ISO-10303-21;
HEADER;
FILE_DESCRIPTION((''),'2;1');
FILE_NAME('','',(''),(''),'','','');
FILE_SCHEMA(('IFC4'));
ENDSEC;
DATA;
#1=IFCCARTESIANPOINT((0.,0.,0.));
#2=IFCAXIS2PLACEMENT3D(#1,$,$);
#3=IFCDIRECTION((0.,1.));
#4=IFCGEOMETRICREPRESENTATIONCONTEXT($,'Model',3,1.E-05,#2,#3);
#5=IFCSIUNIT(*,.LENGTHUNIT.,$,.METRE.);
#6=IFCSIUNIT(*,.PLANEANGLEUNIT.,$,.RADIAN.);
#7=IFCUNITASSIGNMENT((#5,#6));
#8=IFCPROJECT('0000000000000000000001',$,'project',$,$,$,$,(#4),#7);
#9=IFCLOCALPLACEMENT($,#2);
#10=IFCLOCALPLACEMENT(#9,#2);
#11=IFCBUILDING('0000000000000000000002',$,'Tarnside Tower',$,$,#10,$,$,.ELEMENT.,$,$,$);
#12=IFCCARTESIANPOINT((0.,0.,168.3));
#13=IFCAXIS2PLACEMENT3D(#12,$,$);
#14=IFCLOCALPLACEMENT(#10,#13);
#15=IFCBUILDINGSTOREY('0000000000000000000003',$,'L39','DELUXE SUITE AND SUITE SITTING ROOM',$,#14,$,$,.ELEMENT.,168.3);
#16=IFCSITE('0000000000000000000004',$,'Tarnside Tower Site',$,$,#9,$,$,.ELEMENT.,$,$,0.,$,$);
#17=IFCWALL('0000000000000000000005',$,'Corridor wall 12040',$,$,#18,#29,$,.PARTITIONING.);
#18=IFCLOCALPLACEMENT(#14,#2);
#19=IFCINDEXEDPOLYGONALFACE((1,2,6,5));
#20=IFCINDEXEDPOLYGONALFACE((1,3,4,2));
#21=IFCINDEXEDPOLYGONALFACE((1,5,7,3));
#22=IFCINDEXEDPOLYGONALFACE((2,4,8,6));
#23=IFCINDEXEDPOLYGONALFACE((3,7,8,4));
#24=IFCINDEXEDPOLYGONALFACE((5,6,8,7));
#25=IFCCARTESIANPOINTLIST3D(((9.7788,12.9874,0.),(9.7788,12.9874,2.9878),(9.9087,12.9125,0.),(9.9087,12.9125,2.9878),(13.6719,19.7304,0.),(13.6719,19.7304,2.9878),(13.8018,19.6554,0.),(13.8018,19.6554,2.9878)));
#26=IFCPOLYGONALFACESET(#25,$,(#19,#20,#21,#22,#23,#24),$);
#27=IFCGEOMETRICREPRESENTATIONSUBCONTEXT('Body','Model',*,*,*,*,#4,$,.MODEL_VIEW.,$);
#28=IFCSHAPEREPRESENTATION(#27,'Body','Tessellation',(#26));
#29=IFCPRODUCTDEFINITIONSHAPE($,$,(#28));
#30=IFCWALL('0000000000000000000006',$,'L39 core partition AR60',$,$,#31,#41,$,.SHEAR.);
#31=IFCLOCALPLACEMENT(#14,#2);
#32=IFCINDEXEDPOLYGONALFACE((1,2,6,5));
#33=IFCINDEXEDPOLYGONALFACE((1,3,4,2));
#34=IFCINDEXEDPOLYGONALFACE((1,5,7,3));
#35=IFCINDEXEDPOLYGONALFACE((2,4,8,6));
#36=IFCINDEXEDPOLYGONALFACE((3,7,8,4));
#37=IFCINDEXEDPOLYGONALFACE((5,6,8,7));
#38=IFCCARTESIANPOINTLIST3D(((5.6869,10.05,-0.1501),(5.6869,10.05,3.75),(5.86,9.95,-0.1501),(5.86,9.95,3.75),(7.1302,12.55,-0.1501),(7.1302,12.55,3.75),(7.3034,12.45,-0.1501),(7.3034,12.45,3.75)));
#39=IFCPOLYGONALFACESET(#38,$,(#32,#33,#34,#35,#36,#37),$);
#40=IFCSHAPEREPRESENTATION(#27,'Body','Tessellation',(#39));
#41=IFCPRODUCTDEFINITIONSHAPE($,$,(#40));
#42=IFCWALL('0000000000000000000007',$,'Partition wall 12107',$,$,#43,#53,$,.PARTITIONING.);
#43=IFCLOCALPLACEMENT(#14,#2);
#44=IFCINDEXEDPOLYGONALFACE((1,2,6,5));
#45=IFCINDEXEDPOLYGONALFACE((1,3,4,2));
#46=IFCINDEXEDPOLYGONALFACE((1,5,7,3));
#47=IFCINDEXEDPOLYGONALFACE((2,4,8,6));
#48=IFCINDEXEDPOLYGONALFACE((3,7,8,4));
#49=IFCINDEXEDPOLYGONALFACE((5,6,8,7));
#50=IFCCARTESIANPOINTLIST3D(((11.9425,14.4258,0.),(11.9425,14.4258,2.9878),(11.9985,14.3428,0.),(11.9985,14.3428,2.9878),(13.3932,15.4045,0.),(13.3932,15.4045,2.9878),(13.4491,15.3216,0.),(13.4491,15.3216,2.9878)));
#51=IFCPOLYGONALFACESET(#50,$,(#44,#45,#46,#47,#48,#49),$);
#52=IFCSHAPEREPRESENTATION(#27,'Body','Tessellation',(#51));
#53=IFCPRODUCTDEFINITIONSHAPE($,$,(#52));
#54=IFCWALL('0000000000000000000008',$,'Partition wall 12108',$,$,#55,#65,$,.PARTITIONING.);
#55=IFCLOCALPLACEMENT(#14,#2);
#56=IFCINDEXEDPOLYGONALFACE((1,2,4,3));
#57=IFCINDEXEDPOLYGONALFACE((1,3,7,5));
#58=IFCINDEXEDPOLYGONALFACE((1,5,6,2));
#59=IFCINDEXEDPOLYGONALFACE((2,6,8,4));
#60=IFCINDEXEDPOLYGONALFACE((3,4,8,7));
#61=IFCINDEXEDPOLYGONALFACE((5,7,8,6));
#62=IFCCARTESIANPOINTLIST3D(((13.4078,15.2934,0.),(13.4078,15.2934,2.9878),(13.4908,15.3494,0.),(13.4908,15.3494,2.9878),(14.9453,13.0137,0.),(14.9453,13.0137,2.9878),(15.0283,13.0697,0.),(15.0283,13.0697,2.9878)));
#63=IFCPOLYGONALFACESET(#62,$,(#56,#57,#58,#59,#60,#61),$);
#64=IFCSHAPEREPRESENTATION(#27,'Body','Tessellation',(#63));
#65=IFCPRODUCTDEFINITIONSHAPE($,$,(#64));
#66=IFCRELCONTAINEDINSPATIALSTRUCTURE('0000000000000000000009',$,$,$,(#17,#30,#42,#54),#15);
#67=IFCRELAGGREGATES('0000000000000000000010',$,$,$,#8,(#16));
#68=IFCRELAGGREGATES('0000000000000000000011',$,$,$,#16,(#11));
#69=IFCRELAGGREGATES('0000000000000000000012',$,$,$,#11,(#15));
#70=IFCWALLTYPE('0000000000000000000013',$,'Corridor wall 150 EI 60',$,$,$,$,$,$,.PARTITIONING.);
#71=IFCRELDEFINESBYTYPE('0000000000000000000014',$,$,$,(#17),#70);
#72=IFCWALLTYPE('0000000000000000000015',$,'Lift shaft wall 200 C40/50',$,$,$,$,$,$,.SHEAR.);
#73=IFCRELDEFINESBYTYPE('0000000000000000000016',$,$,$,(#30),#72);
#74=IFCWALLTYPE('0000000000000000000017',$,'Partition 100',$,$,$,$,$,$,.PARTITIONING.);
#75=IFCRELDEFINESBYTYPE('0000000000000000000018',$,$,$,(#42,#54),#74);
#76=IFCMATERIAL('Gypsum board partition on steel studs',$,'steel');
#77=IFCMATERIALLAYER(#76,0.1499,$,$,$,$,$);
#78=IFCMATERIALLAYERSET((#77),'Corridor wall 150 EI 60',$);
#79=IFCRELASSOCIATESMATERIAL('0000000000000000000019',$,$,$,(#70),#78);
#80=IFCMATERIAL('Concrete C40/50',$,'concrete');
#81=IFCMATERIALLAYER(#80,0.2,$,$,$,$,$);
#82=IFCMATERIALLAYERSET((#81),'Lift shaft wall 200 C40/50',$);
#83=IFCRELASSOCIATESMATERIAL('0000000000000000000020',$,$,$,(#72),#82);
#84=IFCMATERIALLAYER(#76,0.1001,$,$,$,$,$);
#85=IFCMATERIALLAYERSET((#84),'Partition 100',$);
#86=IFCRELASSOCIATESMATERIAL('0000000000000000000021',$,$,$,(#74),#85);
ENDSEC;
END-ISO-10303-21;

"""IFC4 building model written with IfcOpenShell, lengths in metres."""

from ifc_helpers import new_model, si_unit, direction, frame, frame_2d, origin, place, context, subcontext, project, spatial, rectangle, extrude, material, layer, layer_set, type_object, element, save


model = new_model("IFC4")

# Units and contexts
model_context = context("Model", 3, precision=1e-05, world=origin(), true_north=direction((0.0, 1.0)))
body_context = subcontext(model_context, "Body", "Model", "MODEL_VIEW")
ifc_project = project(units=[si_unit("LENGTHUNIT", "METRE"), si_unit("PLANEANGLEUNIT", "RADIAN")], contexts=[model_context])

# Site, building, storey
site_placement = place(None, origin())
site = spatial("IfcSite", under=ifc_project, at=site_placement, Name="Tarnside Tower Site", CompositionType="ELEMENT", RefElevation=0.0)
building_placement = place(site_placement, origin())
building = spatial("IfcBuilding", under=site, at=building_placement, Name="Tarnside Tower", CompositionType="ELEMENT")
storey_placement = place(building_placement, frame((0.0, 0.0, 168.3)))
storey = spatial("IfcBuildingStorey", under=building, at=storey_placement, Name="L39", Description="DELUXE SUITE AND SUITE SITTING ROOM", CompositionType="ELEMENT", Elevation=168.3)

# Shared definitions
ifc_material_1 = material(Name="Gypsum board partition on steel studs", Category="steel")

# Shared definitions
ifc_layer_1 = layer(ifc_material_1, 0.1499)
ifc_layer_set_1 = layer_set([ifc_layer_1], Name="Corridor wall 150 EI 60")
wall_type_1 = type_object("IfcWallType", Name="Corridor wall 150 EI 60", PredefinedType="PARTITIONING", material=ifc_layer_set_1)

# Walls
wall_1_placement = place(storey_placement, frame((9.8438, 12.95, 0.0), z_axis=(0.0, 0.0, 1.0), x_axis=(0.500004, 0.866023, 0.0)))
element("IfcWall", 1, at=wall_1_placement, inside=storey, type_object=wall_type_1, Name="Corridor wall 12040", PredefinedType="PARTITIONING", context=body_context, shape_type="SweptSolid", body=[
    extrude(rectangle(XDim=7.7861, YDim=0.1499, at=frame_2d((3.8931, 0.0))), origin(), (0.0, 0.0, 1.0), 2.9878),
])
ifc_material_2 = material(Name="Concrete C40/50", Category="concrete")
ifc_layer_2 = layer(ifc_material_2, 0.2)
ifc_layer_set_2 = layer_set([ifc_layer_2], Name="Lift shaft wall 200 C40/50")
wall_type_2 = type_object("IfcWallType", Name="Lift shaft wall 200 C40/50", PredefinedType="SHEAR", material=ifc_layer_set_2)
wall_2_placement = place(storey_placement, frame((5.7734, 10.0, -0.1501), z_axis=(0.0, 0.0, 1.0), x_axis=(0.499996, 0.866028, 0.0)))
element("IfcWall", 2, at=wall_2_placement, inside=storey, type_object=wall_type_2, Name="L39 core partition AR60", PredefinedType="SHEAR", context=body_context, shape_type="SweptSolid", body=[
    extrude(rectangle(XDim=2.8867, YDim=0.2, at=frame_2d((1.4434, 0.0))), origin(), (0.0, 0.0, 1.0), 3.9001),
])
ifc_layer_3 = layer(ifc_material_1, 0.1001)
ifc_layer_set_3 = layer_set([ifc_layer_3], Name="Partition 100")
wall_type_3 = type_object("IfcWallType", Name="Partition 100", PredefinedType="PARTITIONING", material=ifc_layer_set_3)
wall_3_placement = place(storey_placement, frame((11.9705, 14.3843, 0.0), z_axis=(0.0, 0.0, 1.0), x_axis=(0.828968, 0.559296, 0.0)))
element("IfcWall", 3, at=wall_3_placement, inside=storey, type_object=wall_type_3, Name="Partition wall 12107", PredefinedType="PARTITIONING", context=body_context, shape_type="SweptSolid", body=[
    extrude(rectangle(XDim=1.75, YDim=0.1001, at=frame_2d((0.875, 0.0))), origin(), (0.0, 0.0, 1.0), 2.9878),
])
wall_4_placement = place(storey_placement, frame((13.4492, 15.3215, 0.0), z_axis=(0.0, 0.0, 1.0), x_axis=(0.559159, -0.829061, 0.0)))
element("IfcWall", 4, at=wall_4_placement, inside=storey, type_object=wall_type_3, Name="Partition wall 12108", PredefinedType="PARTITIONING", context=body_context, shape_type="SweptSolid", body=[
    extrude(rectangle(XDim=2.7498, YDim=0.1001, at=frame_2d((1.375, 0.0))), origin(), (0.0, 0.0, 1.0), 2.9878),
])

save(model, "model.ifc")
